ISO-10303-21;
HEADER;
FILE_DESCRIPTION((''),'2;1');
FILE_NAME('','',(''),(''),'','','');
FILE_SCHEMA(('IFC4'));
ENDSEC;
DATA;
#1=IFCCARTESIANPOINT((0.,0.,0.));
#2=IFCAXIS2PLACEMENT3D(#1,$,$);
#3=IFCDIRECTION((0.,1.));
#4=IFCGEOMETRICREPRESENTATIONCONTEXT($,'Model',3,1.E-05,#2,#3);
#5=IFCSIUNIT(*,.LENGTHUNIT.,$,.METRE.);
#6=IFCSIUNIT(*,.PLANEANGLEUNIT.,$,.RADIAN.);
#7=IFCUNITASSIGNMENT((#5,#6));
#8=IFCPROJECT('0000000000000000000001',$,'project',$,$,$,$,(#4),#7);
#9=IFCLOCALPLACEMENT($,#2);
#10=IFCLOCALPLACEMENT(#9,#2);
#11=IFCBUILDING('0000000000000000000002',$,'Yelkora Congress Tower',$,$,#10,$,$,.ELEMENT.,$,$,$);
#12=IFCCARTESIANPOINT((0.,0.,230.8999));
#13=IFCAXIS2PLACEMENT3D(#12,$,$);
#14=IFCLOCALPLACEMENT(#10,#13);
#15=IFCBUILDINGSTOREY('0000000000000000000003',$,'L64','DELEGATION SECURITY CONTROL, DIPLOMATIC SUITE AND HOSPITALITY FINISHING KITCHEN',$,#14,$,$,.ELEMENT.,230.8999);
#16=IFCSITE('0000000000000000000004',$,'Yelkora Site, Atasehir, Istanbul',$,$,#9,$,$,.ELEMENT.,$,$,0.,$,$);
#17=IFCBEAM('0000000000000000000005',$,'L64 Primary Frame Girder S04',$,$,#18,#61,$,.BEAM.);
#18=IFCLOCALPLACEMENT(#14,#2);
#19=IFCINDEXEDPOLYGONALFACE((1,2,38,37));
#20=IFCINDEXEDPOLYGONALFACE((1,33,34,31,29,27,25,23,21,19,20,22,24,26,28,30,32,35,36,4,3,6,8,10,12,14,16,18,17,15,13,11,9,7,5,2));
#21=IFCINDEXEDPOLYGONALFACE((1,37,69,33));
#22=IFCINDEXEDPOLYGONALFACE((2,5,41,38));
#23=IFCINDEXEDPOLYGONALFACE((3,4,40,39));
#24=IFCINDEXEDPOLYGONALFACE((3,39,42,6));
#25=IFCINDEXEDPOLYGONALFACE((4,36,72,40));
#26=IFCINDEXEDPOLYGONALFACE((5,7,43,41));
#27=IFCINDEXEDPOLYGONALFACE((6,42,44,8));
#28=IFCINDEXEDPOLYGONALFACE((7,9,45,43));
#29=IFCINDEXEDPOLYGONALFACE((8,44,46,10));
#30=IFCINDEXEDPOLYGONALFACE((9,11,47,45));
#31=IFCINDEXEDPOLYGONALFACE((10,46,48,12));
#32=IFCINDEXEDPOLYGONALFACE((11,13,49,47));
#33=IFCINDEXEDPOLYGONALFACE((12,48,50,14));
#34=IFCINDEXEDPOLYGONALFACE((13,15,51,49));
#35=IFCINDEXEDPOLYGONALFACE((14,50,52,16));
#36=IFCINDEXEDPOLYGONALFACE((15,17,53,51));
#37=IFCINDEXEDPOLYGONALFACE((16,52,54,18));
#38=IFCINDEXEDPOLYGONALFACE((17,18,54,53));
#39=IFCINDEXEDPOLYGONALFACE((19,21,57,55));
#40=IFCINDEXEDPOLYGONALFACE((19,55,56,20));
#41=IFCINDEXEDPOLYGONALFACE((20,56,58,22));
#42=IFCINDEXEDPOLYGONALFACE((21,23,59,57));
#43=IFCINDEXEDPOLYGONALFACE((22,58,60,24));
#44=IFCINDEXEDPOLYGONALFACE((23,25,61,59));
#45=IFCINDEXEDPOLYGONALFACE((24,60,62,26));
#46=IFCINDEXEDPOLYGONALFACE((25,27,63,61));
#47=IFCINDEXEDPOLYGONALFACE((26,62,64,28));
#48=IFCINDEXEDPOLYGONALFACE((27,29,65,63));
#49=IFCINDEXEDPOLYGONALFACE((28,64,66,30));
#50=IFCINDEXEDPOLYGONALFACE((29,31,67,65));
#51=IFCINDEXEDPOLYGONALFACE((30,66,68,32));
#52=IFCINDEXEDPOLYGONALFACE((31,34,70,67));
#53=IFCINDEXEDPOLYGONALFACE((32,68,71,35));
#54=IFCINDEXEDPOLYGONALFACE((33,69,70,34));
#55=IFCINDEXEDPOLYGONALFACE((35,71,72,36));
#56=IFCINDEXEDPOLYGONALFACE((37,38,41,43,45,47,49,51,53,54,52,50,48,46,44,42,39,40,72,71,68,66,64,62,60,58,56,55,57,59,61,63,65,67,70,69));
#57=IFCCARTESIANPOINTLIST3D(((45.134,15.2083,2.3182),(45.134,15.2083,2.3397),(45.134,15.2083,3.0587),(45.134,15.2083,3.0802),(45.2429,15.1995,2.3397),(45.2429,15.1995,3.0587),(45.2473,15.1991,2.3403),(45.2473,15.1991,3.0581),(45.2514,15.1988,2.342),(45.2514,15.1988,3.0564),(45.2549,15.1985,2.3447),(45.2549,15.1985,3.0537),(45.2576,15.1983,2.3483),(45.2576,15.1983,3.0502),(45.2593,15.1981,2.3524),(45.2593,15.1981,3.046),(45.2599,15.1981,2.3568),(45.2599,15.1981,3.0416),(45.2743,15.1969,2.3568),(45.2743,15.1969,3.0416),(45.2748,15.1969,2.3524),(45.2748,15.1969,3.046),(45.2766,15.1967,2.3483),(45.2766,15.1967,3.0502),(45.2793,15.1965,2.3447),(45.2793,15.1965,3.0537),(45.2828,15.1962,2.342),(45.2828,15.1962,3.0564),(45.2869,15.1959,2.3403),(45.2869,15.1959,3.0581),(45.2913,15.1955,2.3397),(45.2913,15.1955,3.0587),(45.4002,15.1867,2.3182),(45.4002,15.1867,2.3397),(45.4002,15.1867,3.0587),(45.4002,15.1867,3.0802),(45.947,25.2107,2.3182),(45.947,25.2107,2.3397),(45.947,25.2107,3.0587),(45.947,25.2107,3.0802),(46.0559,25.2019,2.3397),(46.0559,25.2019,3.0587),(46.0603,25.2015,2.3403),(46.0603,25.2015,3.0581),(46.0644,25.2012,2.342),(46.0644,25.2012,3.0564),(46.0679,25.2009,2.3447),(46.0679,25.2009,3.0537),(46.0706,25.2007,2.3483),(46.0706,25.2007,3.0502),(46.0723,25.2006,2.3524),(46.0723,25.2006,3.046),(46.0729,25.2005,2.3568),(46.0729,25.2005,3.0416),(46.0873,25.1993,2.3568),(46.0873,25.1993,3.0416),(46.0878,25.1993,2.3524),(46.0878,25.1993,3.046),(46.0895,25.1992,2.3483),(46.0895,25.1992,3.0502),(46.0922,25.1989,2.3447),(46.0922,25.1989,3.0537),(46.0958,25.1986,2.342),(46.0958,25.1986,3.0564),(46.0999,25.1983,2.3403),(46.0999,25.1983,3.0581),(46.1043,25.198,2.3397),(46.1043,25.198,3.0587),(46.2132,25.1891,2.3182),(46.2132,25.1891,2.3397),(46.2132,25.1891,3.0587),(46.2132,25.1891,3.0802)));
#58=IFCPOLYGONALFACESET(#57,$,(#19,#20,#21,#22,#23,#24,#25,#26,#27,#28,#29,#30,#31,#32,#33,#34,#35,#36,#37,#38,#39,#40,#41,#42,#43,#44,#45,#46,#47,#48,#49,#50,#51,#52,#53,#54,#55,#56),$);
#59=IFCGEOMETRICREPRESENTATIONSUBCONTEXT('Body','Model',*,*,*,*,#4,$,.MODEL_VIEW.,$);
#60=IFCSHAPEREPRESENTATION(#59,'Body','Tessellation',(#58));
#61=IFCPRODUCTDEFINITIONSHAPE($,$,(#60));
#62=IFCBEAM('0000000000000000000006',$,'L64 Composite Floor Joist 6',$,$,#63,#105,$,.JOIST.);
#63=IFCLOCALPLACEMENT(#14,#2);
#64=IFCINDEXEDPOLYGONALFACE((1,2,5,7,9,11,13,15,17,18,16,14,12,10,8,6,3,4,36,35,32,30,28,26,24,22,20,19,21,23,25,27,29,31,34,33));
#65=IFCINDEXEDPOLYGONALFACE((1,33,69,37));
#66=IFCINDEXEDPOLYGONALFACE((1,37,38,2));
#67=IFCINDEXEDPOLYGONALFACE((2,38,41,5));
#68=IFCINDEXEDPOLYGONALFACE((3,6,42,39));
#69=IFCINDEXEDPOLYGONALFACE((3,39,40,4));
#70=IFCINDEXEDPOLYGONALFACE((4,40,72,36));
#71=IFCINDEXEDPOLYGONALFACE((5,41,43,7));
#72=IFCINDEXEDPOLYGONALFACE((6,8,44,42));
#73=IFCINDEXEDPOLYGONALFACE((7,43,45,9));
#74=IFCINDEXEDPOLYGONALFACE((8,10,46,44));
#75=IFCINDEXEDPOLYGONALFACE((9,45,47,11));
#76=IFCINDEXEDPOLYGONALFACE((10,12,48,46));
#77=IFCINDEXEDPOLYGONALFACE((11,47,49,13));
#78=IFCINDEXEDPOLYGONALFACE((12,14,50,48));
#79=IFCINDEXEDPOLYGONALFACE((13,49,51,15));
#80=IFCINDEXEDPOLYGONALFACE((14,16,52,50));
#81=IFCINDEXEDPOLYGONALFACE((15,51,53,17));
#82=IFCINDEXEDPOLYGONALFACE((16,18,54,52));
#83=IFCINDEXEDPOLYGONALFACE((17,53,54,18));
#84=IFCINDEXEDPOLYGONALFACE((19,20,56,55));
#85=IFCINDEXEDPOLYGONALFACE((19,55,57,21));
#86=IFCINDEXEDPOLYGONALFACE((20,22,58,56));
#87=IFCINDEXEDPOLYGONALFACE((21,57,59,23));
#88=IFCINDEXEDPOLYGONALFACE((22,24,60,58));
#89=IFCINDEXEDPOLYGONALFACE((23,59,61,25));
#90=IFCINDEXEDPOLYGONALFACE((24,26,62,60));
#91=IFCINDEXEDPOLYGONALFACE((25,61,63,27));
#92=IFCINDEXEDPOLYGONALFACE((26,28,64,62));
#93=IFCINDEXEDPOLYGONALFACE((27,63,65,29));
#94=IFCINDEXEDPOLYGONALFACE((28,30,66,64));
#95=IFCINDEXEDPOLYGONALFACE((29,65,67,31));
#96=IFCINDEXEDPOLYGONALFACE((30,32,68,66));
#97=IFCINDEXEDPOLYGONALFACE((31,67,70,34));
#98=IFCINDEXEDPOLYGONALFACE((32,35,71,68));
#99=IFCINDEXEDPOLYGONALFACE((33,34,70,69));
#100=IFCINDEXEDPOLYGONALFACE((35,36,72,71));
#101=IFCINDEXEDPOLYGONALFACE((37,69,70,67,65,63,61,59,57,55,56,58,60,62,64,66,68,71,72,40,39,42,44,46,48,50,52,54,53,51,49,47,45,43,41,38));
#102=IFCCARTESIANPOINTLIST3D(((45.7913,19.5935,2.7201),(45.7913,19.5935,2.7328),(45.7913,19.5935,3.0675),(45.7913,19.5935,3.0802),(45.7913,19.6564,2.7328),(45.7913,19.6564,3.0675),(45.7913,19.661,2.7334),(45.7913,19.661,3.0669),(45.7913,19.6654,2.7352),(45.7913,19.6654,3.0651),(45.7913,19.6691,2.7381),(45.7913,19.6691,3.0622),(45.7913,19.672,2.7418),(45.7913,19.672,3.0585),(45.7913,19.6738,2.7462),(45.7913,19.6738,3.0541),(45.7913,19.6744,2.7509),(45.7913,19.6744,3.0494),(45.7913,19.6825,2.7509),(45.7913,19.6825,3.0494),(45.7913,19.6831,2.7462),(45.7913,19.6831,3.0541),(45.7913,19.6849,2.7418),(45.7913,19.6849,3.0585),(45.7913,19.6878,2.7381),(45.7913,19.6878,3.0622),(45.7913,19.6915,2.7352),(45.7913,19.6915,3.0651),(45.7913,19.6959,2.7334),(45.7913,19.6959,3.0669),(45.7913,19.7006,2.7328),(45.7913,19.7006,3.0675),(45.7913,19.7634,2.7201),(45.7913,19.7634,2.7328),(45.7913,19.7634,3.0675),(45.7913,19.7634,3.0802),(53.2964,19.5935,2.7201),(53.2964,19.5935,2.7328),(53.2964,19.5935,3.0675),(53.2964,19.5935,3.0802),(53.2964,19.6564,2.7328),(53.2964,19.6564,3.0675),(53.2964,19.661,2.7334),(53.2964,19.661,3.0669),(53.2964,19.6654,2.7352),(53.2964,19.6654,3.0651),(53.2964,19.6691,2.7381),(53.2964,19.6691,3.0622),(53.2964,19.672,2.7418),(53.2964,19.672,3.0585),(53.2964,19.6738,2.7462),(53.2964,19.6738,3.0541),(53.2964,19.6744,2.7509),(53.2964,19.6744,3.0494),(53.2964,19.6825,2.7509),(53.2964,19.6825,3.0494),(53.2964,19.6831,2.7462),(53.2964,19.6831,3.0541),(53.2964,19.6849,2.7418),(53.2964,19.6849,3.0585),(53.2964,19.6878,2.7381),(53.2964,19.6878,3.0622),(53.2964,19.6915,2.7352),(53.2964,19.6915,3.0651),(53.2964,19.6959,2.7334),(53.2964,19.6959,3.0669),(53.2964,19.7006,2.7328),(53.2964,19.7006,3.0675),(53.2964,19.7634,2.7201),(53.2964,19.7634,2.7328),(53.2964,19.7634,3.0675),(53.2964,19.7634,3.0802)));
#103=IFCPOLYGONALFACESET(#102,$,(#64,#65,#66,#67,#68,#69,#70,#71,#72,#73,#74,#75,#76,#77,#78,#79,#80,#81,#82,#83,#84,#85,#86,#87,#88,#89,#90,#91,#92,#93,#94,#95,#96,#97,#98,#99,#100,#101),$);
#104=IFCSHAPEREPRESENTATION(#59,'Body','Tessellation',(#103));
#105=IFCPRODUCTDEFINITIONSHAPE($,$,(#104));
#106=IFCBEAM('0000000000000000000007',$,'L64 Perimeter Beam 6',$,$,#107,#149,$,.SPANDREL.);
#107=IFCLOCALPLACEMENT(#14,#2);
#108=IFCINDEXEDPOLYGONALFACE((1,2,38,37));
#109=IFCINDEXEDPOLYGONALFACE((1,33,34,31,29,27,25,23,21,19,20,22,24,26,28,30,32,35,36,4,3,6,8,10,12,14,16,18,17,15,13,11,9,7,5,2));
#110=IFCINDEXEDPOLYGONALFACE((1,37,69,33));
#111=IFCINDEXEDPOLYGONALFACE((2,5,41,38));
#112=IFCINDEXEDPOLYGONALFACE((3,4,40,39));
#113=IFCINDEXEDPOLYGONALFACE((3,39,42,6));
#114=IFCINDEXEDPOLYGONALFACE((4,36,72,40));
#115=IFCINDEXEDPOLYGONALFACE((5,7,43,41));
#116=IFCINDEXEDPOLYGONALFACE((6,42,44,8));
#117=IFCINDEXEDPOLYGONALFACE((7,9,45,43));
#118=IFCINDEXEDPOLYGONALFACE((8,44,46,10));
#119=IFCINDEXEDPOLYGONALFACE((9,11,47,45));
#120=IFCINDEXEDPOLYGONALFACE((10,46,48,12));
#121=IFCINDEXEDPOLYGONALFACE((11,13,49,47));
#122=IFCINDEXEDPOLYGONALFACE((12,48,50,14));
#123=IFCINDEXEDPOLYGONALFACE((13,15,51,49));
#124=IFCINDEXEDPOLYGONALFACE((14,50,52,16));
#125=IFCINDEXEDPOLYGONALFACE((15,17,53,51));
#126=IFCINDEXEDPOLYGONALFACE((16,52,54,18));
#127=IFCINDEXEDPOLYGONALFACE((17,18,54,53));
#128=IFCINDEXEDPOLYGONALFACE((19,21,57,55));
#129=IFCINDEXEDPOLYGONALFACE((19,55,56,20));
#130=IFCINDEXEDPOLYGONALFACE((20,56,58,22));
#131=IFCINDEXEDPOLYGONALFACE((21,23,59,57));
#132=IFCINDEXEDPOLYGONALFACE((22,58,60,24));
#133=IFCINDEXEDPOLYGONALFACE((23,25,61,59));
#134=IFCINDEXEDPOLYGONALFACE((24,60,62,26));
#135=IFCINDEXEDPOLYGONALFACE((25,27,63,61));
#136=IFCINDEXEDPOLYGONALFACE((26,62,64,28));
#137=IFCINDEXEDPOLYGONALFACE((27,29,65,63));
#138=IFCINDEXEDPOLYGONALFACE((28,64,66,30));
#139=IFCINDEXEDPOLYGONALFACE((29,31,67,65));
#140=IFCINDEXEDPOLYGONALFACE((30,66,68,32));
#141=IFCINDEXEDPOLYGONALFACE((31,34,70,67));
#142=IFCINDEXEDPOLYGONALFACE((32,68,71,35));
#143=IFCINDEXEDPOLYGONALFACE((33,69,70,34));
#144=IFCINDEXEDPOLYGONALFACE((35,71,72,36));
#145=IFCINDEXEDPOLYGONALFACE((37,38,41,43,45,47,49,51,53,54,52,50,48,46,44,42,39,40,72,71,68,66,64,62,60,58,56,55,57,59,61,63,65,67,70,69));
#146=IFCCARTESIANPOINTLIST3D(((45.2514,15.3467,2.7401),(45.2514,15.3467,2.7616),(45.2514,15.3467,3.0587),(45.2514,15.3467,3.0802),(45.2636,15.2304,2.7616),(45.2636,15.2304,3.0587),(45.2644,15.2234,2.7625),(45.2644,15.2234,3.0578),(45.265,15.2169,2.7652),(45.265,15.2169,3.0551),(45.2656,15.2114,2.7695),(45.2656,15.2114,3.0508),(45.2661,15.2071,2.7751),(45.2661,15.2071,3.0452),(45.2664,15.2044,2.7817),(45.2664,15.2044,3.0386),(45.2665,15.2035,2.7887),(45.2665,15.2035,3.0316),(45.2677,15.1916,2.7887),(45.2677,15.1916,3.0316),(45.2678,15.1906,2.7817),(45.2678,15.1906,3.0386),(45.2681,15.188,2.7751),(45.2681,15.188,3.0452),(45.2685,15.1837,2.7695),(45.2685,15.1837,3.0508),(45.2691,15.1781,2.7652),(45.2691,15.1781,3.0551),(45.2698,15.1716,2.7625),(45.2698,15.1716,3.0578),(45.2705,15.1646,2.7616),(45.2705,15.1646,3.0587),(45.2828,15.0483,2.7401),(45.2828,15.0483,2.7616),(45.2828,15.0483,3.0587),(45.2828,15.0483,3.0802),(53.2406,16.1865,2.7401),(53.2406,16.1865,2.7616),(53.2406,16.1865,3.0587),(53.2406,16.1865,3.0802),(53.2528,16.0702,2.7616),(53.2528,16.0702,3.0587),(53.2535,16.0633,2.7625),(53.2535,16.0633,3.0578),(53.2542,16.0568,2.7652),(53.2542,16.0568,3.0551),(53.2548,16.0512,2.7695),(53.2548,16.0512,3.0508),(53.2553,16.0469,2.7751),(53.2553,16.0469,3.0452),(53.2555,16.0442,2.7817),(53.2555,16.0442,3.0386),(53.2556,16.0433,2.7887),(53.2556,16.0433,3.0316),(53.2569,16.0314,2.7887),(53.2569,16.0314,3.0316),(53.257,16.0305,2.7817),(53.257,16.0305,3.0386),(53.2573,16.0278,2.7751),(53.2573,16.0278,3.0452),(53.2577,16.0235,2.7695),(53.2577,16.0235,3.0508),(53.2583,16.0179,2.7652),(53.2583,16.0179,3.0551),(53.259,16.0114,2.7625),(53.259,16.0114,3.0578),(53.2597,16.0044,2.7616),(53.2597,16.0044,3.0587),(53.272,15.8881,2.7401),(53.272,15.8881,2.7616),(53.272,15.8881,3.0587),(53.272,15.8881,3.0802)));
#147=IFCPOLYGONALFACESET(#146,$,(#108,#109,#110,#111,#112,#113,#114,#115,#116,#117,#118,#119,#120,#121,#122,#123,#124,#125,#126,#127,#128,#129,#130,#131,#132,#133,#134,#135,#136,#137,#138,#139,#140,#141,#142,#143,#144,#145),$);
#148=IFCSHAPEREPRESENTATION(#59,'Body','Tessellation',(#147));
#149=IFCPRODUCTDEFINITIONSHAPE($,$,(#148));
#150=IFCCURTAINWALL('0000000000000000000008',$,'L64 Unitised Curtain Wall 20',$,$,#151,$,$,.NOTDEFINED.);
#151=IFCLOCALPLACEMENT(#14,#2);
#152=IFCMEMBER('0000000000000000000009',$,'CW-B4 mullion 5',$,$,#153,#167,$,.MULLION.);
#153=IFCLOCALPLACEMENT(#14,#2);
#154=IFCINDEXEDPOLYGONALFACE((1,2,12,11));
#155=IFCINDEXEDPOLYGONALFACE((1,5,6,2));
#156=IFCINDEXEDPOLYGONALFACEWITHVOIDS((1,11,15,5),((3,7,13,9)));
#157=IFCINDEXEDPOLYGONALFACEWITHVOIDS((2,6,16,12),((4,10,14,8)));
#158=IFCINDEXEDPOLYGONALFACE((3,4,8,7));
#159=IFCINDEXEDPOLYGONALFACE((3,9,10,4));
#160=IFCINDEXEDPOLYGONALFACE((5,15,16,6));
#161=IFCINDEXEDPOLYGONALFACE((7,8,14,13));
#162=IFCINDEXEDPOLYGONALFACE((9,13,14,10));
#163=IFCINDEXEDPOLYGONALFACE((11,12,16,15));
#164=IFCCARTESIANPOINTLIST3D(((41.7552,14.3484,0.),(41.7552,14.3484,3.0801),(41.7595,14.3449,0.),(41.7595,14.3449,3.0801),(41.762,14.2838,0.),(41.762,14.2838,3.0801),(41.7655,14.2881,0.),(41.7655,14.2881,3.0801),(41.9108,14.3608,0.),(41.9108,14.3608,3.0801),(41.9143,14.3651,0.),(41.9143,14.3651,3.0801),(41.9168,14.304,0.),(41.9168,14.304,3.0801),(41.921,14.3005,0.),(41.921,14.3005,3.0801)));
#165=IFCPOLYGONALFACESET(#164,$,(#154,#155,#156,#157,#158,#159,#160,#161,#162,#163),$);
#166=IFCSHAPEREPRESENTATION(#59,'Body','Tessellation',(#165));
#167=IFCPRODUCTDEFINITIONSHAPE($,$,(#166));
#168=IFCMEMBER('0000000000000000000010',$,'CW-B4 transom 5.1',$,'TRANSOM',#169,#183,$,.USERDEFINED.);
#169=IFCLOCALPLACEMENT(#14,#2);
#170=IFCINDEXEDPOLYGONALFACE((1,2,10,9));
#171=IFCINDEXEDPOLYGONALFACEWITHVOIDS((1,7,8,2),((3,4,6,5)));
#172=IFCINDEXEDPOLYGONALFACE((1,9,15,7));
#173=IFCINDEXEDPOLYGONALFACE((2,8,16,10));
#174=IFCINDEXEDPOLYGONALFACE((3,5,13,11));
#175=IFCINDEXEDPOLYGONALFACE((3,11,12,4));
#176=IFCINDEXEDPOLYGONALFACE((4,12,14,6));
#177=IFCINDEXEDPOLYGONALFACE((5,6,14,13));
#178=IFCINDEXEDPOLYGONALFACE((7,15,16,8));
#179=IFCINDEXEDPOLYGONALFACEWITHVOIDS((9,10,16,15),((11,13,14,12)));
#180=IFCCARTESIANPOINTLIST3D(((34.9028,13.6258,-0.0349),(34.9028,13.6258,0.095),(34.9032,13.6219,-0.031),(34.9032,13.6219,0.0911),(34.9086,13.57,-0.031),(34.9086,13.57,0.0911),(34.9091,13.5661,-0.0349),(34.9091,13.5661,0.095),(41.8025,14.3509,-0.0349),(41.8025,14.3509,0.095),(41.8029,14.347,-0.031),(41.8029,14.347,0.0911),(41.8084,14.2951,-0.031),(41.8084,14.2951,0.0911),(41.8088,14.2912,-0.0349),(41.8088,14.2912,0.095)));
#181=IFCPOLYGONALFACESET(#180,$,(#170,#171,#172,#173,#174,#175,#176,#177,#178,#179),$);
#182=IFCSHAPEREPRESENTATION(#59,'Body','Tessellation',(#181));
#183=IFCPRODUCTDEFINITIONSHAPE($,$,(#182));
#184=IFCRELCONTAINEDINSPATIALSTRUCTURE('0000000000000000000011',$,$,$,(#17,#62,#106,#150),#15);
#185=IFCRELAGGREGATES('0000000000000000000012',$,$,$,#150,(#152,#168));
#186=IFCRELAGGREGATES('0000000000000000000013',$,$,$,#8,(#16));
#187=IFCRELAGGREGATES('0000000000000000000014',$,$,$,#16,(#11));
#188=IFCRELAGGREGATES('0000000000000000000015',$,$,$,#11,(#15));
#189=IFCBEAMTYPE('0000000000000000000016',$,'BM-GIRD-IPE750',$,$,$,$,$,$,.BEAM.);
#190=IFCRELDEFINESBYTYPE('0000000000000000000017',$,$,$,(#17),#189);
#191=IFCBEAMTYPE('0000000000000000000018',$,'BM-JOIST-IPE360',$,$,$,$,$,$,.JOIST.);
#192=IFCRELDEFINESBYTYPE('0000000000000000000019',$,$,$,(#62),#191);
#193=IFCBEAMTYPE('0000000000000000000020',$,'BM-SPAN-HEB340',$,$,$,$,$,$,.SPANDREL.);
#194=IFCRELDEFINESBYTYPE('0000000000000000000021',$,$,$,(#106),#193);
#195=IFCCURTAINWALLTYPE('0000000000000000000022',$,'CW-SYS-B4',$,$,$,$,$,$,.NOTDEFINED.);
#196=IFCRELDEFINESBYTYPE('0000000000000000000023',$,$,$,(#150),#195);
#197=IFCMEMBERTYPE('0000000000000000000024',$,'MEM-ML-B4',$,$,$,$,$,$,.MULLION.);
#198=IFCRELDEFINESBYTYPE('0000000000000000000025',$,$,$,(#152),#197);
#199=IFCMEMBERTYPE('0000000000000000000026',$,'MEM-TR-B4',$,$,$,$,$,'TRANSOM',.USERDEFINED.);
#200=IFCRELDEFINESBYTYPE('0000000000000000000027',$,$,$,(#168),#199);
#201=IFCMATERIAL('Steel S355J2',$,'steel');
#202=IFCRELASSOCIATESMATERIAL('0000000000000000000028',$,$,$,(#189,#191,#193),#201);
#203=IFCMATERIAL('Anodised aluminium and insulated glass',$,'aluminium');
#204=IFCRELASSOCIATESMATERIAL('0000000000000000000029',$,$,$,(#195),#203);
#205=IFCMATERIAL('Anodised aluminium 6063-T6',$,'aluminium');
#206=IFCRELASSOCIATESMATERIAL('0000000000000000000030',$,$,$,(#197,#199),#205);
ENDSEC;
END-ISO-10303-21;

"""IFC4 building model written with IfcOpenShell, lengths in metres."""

from ifc_helpers import new_model, si_unit, direction, frame, origin, origin_2d, place, context, subcontext, project, spatial, hollow_rectangle, i_section, extrude, material, material_profile, profile_set, type_object, element, aggregate, save


model = new_model("IFC4")

# Units and contexts
model_context = context("Model", 3, precision=1e-05, world=origin(), true_north=direction((0.0, 1.0)))
body_context = subcontext(model_context, "Body", "Model", "MODEL_VIEW")
ifc_project = project(units=[si_unit("LENGTHUNIT", "METRE"), si_unit("PLANEANGLEUNIT", "RADIAN")], contexts=[model_context])

# Site, building, storey
site_placement = place(None, origin())
site = spatial("IfcSite", under=ifc_project, at=site_placement, Name="Yelkora Site, Atasehir, Istanbul", CompositionType="ELEMENT", RefElevation=0.0)
building_placement = place(site_placement, origin())
building = spatial("IfcBuilding", under=site, at=building_placement, Name="Yelkora Congress Tower", CompositionType="ELEMENT")
storey_placement = place(building_placement, frame((0.0, 0.0, 230.8999)))
storey = spatial("IfcBuildingStorey", under=building, at=storey_placement, Name="L64", Description="DELEGATION SECURITY CONTROL, DIPLOMATIC SUITE AND HOSPITALITY FINISHING KITCHEN", CompositionType="ELEMENT", Elevation=230.8999)

# Shared definitions
ifc_material_1 = material(Name="Steel S355J2", Category="steel")

# Beams
ifc_material_profile_1 = material_profile(ifc_material_1, i_section(OverallWidth=0.2671, OverallDepth=0.762, WebThickness=0.0144, FlangeThickness=0.0215, FilletRadius=0.0171, at=origin_2d()), Name="IPE 750x173")
ifc_profile_set_1 = profile_set([ifc_material_profile_1], Name="Steel S355J2")
beam_type_1 = type_object("IfcBeamType", Name="BM-GIRD-IPE750", PredefinedType="BEAM", material=ifc_profile_set_1)
beam_1_placement = place(storey_placement, frame((45.2671, 15.1975, 2.6992), z_axis=(0.081012, 0.996713, 0.0), x_axis=(-0.996713, 0.081012, 0.0)))
element("IfcBeam", 1, at=beam_1_placement, inside=storey, type_object=beam_type_1, Name="L64 Primary Frame Girder S04", PredefinedType="BEAM", context=body_context, shape_type="SweptSolid", body=[
    extrude(i_section(OverallWidth=0.2671, OverallDepth=0.762, WebThickness=0.0144, FlangeThickness=0.0215, FilletRadius=0.0171, at=origin_2d()), origin(), (0.0, 0.0, 1.0), 10.0354),
])
ifc_material_profile_2 = material_profile(ifc_material_1, i_section(OverallWidth=0.1699, OverallDepth=0.3601, WebThickness=0.0081, FlangeThickness=0.0127, FilletRadius=0.0181, at=origin_2d()), Name="IPE 360")
ifc_profile_set_2 = profile_set([ifc_material_profile_2], Name="Steel S355J2")
beam_type_2 = type_object("IfcBeamType", Name="BM-JOIST-IPE360", PredefinedType="JOIST", material=ifc_profile_set_2)
beam_2_placement = place(storey_placement, frame((45.7913, 19.6785, 2.9001), z_axis=(1.0, 0.0, 0.0), x_axis=(0.0, 1.0, 0.0)))
element("IfcBeam", 2, at=beam_2_placement, inside=storey, type_object=beam_type_2, Name="L64 Composite Floor Joist 6", PredefinedType="JOIST", context=body_context, shape_type="SweptSolid", body=[
    extrude(i_section(OverallWidth=0.1699, OverallDepth=0.3601, WebThickness=0.0081, FlangeThickness=0.0127, FilletRadius=0.0181, at=origin_2d()), origin(), (0.0, 0.0, 1.0), 7.5051),
])
ifc_material_profile_3 = material_profile(ifc_material_1, i_section(OverallWidth=0.3, OverallDepth=0.3401, WebThickness=0.012, FlangeThickness=0.0215, FilletRadius=0.0271, at=origin_2d()), Name="HEB 340")
ifc_profile_set_3 = profile_set([ifc_material_profile_3], Name="Steel S355J2")
beam_type_3 = type_object("IfcBeamType", Name="BM-SPAN-HEB340", PredefinedType="SPANDREL", material=ifc_profile_set_3)
beam_3_placement = place(storey_placement, frame((45.2671, 15.1975, 2.9102), z_axis=(0.99452, 0.104546, 0.0), x_axis=(-0.104546, 0.99452, 0.0)))
element("IfcBeam", 3, at=beam_3_placement, inside=storey, type_object=beam_type_3, Name="L64 Perimeter Beam 6", PredefinedType="SPANDREL", context=body_context, shape_type="SweptSolid", body=[
    extrude(i_section(OverallWidth=0.3, OverallDepth=0.3401, WebThickness=0.012, FlangeThickness=0.0215, FilletRadius=0.0271, at=origin_2d()), origin(), (0.0, 0.0, 1.0), 8.0332),
])

# Curtain wall, members
ifc_material_2 = material(Name="Anodised aluminium and insulated glass", Category="aluminium")
curtain_wall_type = type_object("IfcCurtainWallType", Name="CW-SYS-B4", PredefinedType="NOTDEFINED", material=ifc_material_2)
curtain_wall_placement = place(storey_placement, origin())
curtain_wall = element("IfcCurtainWall", 4, at=curtain_wall_placement, inside=storey, type_object=curtain_wall_type, Name="L64 Unitised Curtain Wall 20", PredefinedType="NOTDEFINED")
ifc_material_3 = material(Name="Anodised aluminium 6063-T6", Category="aluminium")
ifc_material_profile_4 = material_profile(ifc_material_3, hollow_rectangle(XDim=0.0649, YDim=0.1599, WallThickness=0.0039, at=origin_2d()), Name="ALU 65x160x4")
ifc_profile_set_4 = profile_set([ifc_material_profile_4], Name="Anodised aluminium 6063-T6")
member_type_1 = type_object("IfcMemberType", Name="MEM-ML-B4", PredefinedType="MULLION", material=ifc_profile_set_4)
member_1_placement = place(storey_placement, frame((41.8381, 14.3245, 0.0), z_axis=(0.0, 0.0, 1.0), x_axis=(0.104527, -0.994522, 0.0)))
member_1 = element("IfcMember", 5, at=member_1_placement, type_object=member_type_1, Name="CW-B4 mullion 5", PredefinedType="MULLION", context=body_context, shape_type="SweptSolid", body=[
    extrude(hollow_rectangle(XDim=0.0649, YDim=0.1599, WallThickness=0.0039, at=origin_2d()), origin(), (0.0, 0.0, 1.0), 3.0801),
])
ifc_material_profile_5 = material_profile(ifc_material_3, hollow_rectangle(XDim=0.0601, YDim=0.1299, WallThickness=0.0039, at=origin_2d()), Name="ALU 60x130x4")
ifc_profile_set_5 = profile_set([ifc_material_profile_5], Name="Anodised aluminium 6063-T6")
member_type_2 = type_object("IfcMemberType", Name="MEM-TR-B4", ElementType="TRANSOM", PredefinedType="USERDEFINED", material=ifc_profile_set_5)
member_2_placement = place(storey_placement, frame((41.8057, 14.321, 0.03), z_axis=(-0.994523, -0.104516, 0.0), x_axis=(0.104516, -0.994523, 0.0)))
member_2 = element("IfcMember", 6, at=member_2_placement, type_object=member_type_2, Name="CW-B4 transom 5.1", ObjectType="TRANSOM", PredefinedType="USERDEFINED", context=body_context, shape_type="SweptSolid", body=[
    extrude(hollow_rectangle(XDim=0.0601, YDim=0.1299, WallThickness=0.0039, at=origin_2d()), origin(), (0.0, 0.0, 1.0), 6.9377),
])
aggregate(curtain_wall, [member_1, member_2])

save(model, "model.ifc")
